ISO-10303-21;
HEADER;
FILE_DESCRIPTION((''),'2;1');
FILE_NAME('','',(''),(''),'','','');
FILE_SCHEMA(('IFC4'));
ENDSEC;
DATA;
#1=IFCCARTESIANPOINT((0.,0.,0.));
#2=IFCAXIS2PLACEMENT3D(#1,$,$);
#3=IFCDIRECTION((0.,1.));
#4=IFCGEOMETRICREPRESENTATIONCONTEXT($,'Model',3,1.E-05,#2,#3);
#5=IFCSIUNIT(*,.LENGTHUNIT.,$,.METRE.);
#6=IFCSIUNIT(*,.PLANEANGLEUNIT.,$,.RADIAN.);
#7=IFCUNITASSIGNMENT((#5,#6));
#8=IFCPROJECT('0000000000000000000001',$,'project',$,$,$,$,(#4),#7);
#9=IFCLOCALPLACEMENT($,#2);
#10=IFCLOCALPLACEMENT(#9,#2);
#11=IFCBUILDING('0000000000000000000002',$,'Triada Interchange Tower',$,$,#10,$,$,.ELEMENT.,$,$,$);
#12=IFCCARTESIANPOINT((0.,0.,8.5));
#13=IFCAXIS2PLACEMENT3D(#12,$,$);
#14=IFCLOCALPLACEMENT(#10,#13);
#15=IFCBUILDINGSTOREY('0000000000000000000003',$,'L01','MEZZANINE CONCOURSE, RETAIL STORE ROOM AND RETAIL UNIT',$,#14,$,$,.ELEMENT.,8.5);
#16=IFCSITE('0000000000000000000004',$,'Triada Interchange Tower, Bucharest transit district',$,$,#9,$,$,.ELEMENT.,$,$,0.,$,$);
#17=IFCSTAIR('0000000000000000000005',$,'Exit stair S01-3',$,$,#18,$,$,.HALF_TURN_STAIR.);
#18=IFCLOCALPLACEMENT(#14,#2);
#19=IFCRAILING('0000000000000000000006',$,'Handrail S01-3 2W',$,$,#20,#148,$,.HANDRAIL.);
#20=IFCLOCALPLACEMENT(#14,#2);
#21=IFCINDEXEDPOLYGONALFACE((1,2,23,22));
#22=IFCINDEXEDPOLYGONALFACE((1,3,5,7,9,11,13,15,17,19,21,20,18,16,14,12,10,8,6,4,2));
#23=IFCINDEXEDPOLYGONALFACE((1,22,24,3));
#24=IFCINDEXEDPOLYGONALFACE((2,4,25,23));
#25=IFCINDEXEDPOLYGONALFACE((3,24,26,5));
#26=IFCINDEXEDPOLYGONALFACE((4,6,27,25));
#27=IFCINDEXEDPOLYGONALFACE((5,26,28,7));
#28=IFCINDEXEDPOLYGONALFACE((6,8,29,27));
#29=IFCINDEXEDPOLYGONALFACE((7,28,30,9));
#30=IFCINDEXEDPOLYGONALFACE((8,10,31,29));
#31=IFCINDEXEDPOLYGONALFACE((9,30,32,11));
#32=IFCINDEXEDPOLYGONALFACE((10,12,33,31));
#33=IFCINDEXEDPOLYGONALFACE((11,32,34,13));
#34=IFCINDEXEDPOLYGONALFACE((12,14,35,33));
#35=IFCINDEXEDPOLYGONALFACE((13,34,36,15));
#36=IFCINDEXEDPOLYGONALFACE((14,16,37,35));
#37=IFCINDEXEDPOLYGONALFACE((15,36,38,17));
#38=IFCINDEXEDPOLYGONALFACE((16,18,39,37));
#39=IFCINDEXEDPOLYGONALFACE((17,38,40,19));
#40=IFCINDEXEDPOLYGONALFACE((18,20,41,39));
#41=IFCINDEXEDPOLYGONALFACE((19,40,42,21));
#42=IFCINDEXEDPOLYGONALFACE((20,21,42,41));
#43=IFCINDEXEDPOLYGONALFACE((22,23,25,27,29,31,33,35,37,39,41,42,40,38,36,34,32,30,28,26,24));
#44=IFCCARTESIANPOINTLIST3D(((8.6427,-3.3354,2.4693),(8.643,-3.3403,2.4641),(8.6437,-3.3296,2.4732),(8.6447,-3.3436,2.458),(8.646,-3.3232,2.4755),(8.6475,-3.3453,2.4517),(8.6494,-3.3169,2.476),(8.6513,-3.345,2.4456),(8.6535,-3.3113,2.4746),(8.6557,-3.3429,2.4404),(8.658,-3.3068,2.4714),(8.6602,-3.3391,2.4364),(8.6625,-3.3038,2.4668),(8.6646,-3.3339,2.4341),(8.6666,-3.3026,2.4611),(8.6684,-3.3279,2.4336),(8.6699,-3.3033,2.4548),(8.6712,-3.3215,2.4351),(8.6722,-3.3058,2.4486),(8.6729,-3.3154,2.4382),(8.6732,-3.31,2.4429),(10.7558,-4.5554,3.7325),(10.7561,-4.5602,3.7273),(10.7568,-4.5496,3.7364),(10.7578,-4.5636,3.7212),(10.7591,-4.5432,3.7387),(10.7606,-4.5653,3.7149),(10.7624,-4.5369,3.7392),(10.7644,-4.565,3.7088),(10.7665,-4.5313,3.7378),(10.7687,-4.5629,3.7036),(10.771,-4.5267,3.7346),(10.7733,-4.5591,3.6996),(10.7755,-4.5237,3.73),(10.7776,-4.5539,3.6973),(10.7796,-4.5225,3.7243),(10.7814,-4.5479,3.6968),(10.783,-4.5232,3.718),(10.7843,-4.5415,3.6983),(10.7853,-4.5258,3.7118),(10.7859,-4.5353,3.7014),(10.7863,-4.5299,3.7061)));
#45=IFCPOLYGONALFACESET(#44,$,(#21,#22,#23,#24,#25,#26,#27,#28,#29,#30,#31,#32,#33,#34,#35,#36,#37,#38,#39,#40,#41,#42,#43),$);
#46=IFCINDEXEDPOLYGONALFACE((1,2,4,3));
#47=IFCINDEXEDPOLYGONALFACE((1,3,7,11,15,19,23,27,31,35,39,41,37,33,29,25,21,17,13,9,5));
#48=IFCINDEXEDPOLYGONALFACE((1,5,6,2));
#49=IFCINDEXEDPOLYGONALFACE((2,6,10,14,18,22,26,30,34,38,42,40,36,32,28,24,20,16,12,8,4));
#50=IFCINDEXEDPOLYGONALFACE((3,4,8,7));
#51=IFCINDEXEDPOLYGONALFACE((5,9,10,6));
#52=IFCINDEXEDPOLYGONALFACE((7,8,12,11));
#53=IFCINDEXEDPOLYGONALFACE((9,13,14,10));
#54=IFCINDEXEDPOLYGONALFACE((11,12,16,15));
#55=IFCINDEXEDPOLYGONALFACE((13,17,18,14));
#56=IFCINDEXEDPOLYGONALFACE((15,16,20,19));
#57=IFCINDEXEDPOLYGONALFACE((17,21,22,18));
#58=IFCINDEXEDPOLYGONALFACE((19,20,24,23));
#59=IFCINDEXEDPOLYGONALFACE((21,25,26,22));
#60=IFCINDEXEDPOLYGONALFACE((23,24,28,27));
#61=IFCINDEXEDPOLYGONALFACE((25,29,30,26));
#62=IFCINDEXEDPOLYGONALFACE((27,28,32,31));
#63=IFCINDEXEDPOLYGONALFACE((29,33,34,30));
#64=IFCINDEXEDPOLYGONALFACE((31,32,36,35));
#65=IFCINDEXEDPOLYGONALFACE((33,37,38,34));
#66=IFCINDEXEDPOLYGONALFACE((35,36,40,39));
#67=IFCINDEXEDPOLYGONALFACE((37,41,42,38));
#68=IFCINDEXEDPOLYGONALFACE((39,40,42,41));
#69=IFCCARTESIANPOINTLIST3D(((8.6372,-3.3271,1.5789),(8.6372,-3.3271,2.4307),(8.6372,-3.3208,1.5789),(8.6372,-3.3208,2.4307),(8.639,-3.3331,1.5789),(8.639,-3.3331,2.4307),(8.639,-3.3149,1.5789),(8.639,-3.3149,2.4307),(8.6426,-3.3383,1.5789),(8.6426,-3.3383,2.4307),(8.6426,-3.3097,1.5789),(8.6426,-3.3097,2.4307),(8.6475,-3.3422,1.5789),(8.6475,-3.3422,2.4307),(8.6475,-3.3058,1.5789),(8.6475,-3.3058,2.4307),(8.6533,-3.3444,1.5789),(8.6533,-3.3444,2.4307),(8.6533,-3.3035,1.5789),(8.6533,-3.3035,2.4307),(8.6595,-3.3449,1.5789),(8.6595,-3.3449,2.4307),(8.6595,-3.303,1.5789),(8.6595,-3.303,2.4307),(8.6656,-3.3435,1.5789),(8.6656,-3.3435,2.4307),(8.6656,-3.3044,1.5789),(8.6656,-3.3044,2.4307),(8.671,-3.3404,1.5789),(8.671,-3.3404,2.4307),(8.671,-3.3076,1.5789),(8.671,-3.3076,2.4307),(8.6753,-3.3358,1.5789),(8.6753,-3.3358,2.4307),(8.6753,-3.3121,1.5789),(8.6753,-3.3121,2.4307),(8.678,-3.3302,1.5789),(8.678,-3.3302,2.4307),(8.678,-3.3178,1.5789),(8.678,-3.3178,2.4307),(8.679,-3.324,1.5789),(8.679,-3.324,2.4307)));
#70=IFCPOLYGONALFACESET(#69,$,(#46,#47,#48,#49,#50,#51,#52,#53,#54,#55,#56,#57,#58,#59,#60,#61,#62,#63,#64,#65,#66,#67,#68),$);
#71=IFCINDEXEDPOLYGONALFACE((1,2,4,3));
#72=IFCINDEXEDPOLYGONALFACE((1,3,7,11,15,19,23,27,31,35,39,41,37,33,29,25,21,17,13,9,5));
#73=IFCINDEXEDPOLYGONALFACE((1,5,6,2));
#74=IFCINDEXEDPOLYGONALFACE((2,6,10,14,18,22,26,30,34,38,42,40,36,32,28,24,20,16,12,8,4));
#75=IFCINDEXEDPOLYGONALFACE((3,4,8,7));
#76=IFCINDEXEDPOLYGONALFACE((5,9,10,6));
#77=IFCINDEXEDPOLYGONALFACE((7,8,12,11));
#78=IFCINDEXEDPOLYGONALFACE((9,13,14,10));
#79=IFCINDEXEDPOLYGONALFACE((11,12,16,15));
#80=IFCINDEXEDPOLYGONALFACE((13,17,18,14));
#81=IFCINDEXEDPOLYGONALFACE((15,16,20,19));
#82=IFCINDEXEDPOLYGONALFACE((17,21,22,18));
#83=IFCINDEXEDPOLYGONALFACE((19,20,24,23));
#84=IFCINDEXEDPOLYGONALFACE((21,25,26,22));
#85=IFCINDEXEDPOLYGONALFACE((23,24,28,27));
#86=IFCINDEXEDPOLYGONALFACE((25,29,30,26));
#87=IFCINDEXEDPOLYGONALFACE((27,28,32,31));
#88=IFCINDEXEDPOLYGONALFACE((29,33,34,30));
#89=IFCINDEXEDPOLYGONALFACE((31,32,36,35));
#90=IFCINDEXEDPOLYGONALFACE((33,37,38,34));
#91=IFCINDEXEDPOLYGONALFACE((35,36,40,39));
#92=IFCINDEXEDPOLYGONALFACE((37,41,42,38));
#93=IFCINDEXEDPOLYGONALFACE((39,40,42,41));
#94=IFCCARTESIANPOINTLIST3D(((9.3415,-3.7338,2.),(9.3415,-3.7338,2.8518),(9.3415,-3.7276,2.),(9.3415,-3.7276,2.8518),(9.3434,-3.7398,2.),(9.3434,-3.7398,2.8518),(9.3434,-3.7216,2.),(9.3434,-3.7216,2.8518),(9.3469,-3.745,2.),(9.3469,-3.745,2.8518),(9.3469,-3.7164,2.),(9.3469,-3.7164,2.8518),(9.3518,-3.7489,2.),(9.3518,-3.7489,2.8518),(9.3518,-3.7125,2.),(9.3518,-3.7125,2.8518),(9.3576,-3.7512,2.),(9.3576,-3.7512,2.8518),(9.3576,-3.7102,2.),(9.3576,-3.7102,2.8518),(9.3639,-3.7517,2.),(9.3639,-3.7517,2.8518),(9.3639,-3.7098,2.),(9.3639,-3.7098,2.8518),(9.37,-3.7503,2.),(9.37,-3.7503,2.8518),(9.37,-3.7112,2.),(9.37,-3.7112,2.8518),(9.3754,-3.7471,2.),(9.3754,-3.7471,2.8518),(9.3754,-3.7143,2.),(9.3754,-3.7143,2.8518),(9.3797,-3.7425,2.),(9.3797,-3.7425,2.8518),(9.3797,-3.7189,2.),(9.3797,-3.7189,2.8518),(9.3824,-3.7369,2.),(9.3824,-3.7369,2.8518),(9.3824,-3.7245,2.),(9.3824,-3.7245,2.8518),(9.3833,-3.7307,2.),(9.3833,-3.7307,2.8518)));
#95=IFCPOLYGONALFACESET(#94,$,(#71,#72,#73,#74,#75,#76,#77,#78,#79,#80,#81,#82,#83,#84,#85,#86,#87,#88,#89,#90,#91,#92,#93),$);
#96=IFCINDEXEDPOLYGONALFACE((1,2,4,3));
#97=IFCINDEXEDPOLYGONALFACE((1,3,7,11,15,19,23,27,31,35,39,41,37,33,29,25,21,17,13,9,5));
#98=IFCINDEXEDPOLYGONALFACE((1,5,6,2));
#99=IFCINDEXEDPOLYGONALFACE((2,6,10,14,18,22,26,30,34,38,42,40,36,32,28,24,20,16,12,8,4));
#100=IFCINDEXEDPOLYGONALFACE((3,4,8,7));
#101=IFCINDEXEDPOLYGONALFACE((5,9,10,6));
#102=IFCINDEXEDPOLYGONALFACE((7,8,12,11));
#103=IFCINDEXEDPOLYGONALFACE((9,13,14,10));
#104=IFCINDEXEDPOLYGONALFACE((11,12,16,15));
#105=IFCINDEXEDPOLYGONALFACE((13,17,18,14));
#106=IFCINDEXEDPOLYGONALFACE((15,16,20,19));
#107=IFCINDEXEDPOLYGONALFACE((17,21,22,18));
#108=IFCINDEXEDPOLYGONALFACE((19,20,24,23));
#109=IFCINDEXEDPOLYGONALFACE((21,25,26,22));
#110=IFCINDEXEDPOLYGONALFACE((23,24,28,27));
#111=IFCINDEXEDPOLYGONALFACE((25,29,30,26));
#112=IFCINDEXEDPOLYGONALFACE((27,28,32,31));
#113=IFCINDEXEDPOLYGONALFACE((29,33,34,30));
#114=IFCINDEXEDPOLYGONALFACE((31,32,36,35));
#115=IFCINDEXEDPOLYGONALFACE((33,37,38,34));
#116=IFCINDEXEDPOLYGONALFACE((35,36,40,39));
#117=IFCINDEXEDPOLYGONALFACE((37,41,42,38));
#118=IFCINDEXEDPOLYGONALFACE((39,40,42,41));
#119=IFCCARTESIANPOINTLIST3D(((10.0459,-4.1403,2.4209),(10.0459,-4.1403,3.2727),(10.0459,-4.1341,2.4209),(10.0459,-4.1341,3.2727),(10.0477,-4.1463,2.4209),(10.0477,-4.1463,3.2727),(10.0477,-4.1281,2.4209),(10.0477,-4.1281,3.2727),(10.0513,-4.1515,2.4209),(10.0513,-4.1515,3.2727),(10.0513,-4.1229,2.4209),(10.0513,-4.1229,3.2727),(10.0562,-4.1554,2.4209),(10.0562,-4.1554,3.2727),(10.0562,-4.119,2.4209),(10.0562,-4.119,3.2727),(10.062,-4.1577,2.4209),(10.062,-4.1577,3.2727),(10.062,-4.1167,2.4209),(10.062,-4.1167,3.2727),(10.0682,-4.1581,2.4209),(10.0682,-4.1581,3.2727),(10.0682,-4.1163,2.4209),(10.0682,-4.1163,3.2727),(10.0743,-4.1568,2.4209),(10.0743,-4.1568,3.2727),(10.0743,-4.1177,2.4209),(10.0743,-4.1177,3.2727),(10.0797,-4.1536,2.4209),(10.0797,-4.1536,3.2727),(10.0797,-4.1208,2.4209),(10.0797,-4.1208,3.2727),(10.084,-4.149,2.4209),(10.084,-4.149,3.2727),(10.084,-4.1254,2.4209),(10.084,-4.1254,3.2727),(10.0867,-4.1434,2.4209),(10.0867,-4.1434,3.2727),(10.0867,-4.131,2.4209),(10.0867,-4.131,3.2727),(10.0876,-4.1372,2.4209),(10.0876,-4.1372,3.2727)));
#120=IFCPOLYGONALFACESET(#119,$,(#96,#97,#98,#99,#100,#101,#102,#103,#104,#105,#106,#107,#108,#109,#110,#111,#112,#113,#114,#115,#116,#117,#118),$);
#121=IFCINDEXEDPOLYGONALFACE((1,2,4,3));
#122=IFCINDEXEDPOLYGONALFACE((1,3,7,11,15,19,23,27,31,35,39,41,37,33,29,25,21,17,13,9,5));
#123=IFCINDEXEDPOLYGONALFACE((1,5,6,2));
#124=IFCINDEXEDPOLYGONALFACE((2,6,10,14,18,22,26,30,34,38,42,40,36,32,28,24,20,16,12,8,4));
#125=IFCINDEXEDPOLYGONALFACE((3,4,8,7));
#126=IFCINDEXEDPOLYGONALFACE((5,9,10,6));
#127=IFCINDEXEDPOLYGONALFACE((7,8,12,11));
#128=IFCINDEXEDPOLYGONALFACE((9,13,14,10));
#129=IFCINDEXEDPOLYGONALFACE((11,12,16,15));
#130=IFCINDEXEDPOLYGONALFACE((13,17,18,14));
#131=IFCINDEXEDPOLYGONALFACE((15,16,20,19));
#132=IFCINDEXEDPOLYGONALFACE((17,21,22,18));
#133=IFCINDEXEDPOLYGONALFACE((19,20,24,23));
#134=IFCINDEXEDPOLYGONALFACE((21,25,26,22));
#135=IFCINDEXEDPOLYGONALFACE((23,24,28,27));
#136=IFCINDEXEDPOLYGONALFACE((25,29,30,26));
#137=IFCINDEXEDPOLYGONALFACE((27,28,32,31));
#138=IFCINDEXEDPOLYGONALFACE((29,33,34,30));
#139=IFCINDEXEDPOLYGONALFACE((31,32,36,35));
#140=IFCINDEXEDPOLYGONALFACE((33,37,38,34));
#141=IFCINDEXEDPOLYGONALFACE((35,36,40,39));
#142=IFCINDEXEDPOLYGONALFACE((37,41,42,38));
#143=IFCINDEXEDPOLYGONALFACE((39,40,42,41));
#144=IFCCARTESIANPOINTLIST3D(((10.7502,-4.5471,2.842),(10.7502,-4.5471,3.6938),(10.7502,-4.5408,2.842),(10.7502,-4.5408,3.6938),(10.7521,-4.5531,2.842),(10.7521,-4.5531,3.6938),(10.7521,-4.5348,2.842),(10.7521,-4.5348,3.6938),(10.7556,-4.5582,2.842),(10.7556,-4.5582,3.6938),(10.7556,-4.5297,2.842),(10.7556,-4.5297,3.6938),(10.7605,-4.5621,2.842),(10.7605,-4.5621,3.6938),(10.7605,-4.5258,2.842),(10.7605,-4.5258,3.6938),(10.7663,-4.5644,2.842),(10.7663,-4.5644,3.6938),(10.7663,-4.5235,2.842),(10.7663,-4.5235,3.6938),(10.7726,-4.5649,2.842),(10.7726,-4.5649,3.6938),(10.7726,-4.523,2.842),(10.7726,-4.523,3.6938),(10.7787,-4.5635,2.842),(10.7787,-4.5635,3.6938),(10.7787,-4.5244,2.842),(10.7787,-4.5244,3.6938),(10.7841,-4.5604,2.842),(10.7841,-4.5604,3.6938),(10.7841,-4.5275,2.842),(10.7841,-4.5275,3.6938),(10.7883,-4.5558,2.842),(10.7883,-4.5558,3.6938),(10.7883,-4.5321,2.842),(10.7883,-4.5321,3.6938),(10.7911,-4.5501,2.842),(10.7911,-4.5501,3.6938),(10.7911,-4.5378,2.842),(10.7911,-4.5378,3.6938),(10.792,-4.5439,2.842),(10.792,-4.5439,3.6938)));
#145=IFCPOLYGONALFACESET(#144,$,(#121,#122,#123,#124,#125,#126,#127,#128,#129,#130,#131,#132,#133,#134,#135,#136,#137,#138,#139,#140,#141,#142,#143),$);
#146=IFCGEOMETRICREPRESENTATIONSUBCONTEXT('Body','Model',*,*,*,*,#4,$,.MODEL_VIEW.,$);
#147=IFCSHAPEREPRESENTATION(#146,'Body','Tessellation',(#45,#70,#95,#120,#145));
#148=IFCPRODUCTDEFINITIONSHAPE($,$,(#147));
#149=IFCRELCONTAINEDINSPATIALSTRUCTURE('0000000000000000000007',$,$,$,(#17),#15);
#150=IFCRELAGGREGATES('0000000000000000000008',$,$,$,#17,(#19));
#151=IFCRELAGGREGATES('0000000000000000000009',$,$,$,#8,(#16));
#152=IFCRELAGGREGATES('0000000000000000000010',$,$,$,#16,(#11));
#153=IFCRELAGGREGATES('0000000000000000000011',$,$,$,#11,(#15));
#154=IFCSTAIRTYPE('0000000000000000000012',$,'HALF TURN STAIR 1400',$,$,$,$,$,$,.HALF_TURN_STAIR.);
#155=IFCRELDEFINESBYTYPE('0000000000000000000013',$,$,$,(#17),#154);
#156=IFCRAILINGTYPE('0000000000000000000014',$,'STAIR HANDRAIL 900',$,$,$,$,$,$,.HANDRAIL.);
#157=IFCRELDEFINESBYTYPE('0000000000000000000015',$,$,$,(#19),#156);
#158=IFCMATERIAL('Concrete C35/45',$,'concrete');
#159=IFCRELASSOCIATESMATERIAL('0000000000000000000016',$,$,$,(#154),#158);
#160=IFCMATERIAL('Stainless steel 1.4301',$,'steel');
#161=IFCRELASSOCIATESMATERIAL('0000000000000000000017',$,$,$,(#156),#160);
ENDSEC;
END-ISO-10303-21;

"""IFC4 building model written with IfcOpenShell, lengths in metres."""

from ifc_helpers import new_model, si_unit, direction, frame, origin, origin_2d, place, context, subcontext, project, spatial, circle, extrude, material, type_object, element, aggregate, save


model = new_model("IFC4")

# Units and contexts
model_context = context("Model", 3, precision=1e-05, world=origin(), true_north=direction((0.0, 1.0)))
body_context = subcontext(model_context, "Body", "Model", "MODEL_VIEW")
ifc_project = project(units=[si_unit("LENGTHUNIT", "METRE"), si_unit("PLANEANGLEUNIT", "RADIAN")], contexts=[model_context])

# Site, building, storey
site_placement = place(None, origin())
site = spatial("IfcSite", under=ifc_project, at=site_placement, Name="Triada Interchange Tower, Bucharest transit district", CompositionType="ELEMENT", RefElevation=0.0)
building_placement = place(site_placement, origin())
building = spatial("IfcBuilding", under=site, at=building_placement, Name="Triada Interchange Tower", CompositionType="ELEMENT")
storey_placement = place(building_placement, frame((0.0, 0.0, 8.5)))
storey = spatial("IfcBuildingStorey", under=building, at=storey_placement, Name="L01", Description="MEZZANINE CONCOURSE, RETAIL STORE ROOM AND RETAIL UNIT", CompositionType="ELEMENT", Elevation=8.5)

# Shared definitions
ifc_material_1 = material(Name="Concrete C35/45", Category="concrete")

# Stair
stair_type = type_object("IfcStairType", Name="HALF TURN STAIR 1400", PredefinedType="HALF_TURN_STAIR", material=ifc_material_1)
stair_1_placement = place(storey_placement, origin())
stair_1 = element("IfcStair", 1, at=stair_1_placement, inside=storey, type_object=stair_type, Name="Exit stair S01-3", PredefinedType="HALF_TURN_STAIR")

# Railing
ifc_material_2 = material(Name="Stainless steel 1.4301", Category="steel")
railing_type_1 = type_object("IfcRailingType", Name="STAIR HANDRAIL 900", PredefinedType="HANDRAIL", material=ifc_material_2)
railing_1_placement = place(storey_placement, frame((8.658, -3.324, 1.5789)))
railing_1 = element("IfcRailing", 2, at=railing_1_placement, type_object=railing_type_1, Name="Handrail S01-3 2W", PredefinedType="HANDRAIL", context=body_context, shape_type="SweptSolid", body=[
    extrude(circle(Radius=0.0239, at=origin_2d()), frame((0.0, 0.0, 0.876), z_axis=(0.76907, -0.444026, 0.459753), x_axis=(0.500003, 0.866024, 0.0)), (0.0, 0.0, 1.0), 2.7476),
    extrude(circle(Radius=0.021, at=origin_2d()), origin(), (0.0, 0.0, 1.0), 0.8518),
    extrude(circle(Radius=0.021, at=origin_2d()), frame((0.7043, -0.4067, 0.4211)), (0.0, 0.0, 1.0), 0.8518),
    extrude(circle(Radius=0.021, at=origin_2d()), frame((1.4087, -0.8132, 0.842)), (0.0, 0.0, 1.0), 0.8518),
    extrude(circle(Radius=0.021, at=origin_2d()), frame((2.113, -1.22, 1.2632)), (0.0, 0.0, 1.0), 0.8518),
])
aggregate(stair_1, [railing_1])

save(model, "model.ifc")
